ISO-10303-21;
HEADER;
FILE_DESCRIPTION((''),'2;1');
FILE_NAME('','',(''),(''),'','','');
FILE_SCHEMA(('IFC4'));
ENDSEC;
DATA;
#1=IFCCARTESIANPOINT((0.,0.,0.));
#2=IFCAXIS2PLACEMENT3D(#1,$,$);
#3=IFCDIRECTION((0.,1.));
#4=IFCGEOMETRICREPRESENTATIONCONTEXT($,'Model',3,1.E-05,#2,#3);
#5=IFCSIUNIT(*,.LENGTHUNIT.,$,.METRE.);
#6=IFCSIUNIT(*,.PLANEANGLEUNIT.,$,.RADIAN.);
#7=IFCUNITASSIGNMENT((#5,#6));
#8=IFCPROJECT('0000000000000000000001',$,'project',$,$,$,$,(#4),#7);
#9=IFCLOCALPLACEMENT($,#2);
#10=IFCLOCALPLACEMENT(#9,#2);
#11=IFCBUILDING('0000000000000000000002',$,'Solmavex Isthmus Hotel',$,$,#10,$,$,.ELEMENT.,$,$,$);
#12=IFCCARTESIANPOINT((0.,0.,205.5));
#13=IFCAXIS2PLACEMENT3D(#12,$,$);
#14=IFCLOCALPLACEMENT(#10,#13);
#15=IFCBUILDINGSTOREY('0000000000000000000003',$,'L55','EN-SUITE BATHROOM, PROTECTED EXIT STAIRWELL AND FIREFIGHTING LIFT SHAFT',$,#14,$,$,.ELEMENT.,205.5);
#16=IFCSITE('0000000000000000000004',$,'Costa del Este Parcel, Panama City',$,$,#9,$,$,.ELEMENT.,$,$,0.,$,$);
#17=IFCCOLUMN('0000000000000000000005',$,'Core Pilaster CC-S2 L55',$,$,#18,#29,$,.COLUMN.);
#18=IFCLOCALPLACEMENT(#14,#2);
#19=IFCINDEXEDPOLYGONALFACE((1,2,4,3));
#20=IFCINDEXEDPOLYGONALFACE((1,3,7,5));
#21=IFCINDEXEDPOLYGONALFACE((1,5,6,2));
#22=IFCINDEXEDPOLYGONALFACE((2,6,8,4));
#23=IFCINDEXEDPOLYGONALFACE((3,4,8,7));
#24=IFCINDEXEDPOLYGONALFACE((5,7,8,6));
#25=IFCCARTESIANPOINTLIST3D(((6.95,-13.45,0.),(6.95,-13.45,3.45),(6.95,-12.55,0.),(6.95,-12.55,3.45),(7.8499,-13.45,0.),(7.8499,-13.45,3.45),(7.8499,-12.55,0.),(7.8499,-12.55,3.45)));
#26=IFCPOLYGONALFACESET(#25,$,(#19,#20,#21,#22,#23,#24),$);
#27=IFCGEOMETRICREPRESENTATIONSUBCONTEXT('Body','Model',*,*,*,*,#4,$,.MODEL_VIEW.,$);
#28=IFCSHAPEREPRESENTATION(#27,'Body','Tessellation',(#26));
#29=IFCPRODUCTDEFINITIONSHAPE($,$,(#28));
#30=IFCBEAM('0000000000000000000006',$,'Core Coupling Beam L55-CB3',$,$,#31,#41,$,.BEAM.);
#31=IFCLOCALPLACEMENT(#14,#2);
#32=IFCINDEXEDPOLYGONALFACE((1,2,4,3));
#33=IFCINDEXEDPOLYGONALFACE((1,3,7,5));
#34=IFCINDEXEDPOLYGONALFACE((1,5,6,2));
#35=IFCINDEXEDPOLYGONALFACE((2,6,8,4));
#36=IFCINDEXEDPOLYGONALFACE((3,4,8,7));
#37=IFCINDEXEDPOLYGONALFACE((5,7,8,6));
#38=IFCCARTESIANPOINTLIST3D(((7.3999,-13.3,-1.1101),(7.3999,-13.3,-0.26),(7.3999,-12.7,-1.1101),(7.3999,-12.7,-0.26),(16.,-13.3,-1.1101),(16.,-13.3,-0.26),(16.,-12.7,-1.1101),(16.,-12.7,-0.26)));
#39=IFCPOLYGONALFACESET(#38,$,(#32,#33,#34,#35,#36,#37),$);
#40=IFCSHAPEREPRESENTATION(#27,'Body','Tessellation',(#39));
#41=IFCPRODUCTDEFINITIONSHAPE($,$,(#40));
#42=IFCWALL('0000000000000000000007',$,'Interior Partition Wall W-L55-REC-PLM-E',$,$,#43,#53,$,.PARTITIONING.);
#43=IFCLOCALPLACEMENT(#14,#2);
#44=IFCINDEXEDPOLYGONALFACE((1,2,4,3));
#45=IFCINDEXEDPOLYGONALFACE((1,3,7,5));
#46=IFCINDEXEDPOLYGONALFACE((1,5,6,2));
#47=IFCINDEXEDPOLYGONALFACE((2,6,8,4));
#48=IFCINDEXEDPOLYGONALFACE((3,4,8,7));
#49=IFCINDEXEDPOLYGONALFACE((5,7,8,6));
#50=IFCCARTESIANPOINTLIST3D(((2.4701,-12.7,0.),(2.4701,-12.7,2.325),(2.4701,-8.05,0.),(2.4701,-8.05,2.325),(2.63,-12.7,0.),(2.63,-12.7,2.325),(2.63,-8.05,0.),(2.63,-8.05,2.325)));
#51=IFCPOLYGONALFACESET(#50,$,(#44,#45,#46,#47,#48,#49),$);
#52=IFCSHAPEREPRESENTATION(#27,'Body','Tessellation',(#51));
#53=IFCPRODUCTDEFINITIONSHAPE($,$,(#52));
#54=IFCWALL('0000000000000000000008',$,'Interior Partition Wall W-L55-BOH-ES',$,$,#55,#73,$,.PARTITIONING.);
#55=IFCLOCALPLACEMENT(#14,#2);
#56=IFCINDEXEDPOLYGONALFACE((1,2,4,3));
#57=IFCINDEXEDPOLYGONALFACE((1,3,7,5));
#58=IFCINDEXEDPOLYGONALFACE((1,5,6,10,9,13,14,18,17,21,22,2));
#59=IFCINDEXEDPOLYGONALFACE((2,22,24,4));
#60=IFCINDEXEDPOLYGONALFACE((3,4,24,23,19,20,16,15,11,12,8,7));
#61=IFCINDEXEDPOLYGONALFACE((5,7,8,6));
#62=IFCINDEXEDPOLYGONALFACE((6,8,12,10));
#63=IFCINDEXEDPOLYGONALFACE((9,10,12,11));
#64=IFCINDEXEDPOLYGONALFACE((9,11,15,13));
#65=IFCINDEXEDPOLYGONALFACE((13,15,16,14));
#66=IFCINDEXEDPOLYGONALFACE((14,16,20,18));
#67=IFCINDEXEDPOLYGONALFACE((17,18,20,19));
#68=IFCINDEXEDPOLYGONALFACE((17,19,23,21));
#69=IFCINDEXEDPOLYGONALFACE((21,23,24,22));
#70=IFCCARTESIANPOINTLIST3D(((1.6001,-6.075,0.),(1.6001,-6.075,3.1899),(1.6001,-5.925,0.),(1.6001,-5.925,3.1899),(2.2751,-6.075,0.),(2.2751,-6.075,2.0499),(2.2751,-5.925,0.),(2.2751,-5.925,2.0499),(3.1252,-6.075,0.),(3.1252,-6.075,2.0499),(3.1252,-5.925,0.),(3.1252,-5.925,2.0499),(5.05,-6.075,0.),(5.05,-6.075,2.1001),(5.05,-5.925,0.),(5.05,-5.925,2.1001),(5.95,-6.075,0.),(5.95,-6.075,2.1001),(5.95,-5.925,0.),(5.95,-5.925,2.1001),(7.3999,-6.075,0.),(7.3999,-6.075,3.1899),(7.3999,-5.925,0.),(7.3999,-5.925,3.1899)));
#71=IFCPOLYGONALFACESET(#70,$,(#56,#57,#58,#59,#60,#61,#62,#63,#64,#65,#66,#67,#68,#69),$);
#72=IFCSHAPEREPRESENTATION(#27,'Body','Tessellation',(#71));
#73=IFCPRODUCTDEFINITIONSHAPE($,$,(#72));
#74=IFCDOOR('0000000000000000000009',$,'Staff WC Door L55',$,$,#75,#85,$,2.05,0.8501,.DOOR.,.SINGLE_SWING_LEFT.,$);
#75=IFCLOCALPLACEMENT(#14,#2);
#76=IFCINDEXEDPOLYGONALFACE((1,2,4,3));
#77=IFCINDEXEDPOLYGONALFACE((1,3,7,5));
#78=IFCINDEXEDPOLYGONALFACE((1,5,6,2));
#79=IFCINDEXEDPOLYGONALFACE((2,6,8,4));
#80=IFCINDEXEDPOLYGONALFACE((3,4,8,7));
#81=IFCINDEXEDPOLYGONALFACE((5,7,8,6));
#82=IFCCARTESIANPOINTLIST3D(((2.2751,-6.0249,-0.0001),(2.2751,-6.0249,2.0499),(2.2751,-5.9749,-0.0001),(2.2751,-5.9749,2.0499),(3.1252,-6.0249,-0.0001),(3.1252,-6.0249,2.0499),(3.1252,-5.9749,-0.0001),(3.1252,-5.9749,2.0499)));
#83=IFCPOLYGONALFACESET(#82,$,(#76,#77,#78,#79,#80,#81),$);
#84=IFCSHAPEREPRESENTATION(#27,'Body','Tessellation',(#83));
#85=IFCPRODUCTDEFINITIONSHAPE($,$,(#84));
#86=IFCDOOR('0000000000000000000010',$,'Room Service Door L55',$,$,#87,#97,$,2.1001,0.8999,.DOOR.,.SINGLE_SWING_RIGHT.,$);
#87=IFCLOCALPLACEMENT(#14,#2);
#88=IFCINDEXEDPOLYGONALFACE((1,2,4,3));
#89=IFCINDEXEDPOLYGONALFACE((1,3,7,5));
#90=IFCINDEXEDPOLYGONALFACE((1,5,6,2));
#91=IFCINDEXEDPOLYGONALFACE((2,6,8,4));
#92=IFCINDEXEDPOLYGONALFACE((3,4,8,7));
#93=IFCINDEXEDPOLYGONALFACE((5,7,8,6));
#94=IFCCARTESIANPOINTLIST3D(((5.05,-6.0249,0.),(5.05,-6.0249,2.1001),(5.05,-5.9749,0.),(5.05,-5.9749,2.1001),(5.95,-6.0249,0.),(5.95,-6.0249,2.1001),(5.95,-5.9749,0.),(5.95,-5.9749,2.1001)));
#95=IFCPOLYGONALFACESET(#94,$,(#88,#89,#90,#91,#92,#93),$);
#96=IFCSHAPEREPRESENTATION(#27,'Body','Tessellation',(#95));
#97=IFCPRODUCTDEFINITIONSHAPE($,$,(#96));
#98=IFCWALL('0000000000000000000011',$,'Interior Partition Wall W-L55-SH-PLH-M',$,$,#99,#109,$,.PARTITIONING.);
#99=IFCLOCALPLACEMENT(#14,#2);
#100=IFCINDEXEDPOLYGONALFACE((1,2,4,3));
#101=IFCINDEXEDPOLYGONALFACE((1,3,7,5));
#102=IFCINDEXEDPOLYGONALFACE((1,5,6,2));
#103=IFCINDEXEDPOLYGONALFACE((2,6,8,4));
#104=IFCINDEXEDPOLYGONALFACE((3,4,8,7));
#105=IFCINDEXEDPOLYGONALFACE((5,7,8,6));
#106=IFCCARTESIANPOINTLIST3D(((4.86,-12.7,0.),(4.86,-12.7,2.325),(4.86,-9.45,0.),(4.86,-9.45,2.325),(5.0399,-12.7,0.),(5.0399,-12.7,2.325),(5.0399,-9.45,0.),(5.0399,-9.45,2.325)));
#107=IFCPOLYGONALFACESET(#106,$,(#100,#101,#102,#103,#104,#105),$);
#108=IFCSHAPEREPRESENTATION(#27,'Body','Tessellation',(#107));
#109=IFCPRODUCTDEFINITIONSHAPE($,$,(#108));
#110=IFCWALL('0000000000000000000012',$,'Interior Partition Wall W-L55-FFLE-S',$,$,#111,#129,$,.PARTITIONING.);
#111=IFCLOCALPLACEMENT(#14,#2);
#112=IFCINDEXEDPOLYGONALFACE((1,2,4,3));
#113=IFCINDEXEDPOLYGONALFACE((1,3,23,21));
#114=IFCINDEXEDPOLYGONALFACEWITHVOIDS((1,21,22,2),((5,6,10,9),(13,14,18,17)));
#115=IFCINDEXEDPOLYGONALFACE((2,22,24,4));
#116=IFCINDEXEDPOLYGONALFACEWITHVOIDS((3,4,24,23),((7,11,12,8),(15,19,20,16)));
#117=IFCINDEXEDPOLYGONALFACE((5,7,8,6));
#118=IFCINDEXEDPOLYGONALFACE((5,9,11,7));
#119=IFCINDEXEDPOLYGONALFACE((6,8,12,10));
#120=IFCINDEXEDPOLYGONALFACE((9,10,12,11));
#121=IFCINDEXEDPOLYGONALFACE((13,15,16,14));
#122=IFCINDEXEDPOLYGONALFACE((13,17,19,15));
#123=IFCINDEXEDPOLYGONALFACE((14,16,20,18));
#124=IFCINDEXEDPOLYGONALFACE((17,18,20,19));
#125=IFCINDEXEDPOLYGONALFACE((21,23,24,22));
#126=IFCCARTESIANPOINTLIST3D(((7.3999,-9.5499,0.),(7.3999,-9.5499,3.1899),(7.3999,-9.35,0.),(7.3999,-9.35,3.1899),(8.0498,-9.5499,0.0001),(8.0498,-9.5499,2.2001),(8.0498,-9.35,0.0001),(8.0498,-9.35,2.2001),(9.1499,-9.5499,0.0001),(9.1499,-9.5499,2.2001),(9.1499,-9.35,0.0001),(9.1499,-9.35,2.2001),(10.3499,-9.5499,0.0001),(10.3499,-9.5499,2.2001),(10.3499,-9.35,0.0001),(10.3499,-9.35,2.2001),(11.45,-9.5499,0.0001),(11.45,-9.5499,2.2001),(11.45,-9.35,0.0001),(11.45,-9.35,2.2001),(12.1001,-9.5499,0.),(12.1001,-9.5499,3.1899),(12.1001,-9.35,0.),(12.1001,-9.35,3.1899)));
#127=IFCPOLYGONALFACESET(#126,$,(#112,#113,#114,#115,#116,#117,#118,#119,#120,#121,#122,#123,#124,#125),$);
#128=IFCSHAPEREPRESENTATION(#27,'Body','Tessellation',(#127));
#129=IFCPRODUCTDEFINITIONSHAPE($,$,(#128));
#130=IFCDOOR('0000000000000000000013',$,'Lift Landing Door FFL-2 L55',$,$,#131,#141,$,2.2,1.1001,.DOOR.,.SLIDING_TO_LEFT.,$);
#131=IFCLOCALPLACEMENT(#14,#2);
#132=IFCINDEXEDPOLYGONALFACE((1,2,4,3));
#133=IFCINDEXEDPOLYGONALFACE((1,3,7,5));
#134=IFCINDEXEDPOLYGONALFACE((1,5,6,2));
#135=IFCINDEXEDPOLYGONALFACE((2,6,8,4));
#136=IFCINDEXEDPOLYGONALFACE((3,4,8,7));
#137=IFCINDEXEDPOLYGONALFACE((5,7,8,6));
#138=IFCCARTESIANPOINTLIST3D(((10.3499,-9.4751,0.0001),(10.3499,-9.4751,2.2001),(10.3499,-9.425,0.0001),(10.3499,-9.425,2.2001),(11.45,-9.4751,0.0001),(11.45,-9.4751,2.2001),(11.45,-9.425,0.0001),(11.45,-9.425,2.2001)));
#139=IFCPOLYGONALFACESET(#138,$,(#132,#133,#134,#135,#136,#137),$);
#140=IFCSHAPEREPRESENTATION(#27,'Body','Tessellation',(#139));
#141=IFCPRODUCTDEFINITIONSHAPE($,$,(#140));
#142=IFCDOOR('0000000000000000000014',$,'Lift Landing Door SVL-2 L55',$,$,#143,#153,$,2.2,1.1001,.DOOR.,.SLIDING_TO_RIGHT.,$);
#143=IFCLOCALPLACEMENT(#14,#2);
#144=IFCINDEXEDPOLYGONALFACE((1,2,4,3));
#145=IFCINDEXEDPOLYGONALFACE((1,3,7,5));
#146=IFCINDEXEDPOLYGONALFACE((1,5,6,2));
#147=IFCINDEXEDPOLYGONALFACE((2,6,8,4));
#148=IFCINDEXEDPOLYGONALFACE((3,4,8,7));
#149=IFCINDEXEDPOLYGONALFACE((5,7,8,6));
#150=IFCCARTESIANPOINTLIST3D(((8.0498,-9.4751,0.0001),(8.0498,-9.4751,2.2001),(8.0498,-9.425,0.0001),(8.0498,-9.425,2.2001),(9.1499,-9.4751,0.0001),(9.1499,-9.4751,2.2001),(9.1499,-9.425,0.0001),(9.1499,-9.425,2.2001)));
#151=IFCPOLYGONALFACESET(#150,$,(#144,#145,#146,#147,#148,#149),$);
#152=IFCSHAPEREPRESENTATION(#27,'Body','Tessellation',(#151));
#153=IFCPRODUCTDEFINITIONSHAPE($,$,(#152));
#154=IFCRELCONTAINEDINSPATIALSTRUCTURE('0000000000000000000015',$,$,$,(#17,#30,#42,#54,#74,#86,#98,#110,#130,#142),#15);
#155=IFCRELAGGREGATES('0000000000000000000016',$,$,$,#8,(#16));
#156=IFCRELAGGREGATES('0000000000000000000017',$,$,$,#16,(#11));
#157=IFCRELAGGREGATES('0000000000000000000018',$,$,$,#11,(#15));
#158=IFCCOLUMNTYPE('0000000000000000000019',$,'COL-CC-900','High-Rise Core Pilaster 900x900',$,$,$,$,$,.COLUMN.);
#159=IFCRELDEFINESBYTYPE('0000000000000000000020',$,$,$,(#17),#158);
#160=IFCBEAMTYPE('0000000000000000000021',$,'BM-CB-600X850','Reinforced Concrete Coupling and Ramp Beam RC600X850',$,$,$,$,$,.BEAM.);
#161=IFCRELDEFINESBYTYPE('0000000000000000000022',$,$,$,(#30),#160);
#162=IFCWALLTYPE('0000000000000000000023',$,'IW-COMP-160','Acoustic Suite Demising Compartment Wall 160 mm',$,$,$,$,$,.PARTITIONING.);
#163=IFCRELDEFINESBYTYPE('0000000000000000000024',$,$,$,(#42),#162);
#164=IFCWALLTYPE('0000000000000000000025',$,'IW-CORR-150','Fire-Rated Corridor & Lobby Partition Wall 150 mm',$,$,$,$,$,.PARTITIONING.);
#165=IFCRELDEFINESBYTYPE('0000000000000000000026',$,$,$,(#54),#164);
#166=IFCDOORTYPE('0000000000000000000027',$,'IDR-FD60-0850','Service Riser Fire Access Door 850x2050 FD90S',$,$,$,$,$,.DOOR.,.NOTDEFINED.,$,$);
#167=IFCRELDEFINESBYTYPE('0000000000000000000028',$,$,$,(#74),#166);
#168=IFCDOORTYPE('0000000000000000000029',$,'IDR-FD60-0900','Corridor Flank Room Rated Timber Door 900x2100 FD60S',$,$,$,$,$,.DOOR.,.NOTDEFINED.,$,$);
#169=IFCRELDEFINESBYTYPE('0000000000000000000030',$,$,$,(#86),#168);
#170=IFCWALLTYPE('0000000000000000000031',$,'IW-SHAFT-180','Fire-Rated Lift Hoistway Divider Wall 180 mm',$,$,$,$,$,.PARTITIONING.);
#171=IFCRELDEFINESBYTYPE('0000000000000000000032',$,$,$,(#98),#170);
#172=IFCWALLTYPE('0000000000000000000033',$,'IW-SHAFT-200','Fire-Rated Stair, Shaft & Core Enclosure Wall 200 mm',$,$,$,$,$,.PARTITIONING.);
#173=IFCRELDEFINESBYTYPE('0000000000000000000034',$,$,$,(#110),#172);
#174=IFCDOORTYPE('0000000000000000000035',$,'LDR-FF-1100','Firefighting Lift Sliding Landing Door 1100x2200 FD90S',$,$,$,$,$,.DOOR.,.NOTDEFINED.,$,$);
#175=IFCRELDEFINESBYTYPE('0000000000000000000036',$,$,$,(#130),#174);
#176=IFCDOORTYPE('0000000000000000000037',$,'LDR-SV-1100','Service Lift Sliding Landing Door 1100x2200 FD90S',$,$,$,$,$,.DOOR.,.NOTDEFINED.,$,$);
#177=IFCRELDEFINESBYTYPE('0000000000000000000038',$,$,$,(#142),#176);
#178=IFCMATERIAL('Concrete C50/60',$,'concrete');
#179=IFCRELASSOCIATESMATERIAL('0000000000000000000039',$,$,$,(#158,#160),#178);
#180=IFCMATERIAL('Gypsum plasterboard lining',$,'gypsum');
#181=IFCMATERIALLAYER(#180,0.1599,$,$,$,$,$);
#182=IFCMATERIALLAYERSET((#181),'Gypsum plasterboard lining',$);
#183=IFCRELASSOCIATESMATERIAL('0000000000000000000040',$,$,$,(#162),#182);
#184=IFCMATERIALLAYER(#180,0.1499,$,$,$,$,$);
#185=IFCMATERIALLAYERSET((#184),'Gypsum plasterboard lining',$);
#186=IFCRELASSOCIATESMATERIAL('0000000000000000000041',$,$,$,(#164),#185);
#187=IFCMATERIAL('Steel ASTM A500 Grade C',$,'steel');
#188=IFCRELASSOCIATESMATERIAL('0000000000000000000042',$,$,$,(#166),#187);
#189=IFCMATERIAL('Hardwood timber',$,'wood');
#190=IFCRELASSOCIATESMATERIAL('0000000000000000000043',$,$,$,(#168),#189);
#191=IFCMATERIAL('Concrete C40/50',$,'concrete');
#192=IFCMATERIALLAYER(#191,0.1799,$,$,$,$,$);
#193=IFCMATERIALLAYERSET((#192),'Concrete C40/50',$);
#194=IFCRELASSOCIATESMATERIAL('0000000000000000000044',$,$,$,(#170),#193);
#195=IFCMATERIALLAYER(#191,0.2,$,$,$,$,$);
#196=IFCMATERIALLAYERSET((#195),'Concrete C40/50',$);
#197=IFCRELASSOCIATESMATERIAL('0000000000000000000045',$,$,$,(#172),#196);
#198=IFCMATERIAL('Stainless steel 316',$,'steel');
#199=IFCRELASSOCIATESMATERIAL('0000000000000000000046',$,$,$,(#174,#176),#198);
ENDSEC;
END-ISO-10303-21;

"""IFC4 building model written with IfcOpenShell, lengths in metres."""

from ifc_helpers import new_model, si_unit, direction, frame, frame_2d, origin, origin_2d, place, context, subcontext, project, spatial, rectangle, extrude, material, layer, layer_set, material_profile, profile_set, type_object, element, fill, save


model = new_model("IFC4")

# Units and contexts
model_context = context("Model", 3, precision=1e-05, world=origin(), true_north=direction((0.0, 1.0)))
body_context = subcontext(model_context, "Body", "Model", "MODEL_VIEW")
ifc_project = project(units=[si_unit("LENGTHUNIT", "METRE"), si_unit("PLANEANGLEUNIT", "RADIAN")], contexts=[model_context])

# Site, building, storey
site_placement = place(None, origin())
site = spatial("IfcSite", under=ifc_project, at=site_placement, Name="Costa del Este Parcel, Panama City", CompositionType="ELEMENT", RefElevation=0.0)
building_placement = place(site_placement, origin())
building = spatial("IfcBuilding", under=site, at=building_placement, Name="Solmavex Isthmus Hotel", CompositionType="ELEMENT")
storey_placement = place(building_placement, frame((0.0, 0.0, 205.5)))
storey = spatial("IfcBuildingStorey", under=building, at=storey_placement, Name="L55", Description="EN-SUITE BATHROOM, PROTECTED EXIT STAIRWELL AND FIREFIGHTING LIFT SHAFT", CompositionType="ELEMENT", Elevation=205.5)

# Column
ifc_material_1 = material(Name="Concrete C50/60", Category="concrete")
ifc_material_profile_1 = material_profile(ifc_material_1, rectangle(XDim=0.8999, YDim=0.8999, at=origin_2d()), Name="RC900X900")
ifc_profile_set_1 = profile_set([ifc_material_profile_1], Name="Concrete C50/60")
column_type = type_object("IfcColumnType", Name="COL-CC-900", Description="High-Rise Core Pilaster 900x900", PredefinedType="COLUMN", material=ifc_profile_set_1)
column_placement = place(storey_placement, frame((7.3999, -13.0, 0.0), z_axis=(0.0, 0.0, 1.0), x_axis=(1.0, 0.0, 0.0)))
element("IfcColumn", 1, at=column_placement, inside=storey, type_object=column_type, Name="Core Pilaster CC-S2 L55", PredefinedType="COLUMN", context=body_context, shape_type="SweptSolid", body=[
    extrude(rectangle(XDim=0.8999, YDim=0.8999, at=origin_2d()), origin(), (0.0, 0.0, 1.0), 3.45),
])

# Beam
ifc_material_profile_2 = material_profile(ifc_material_1, rectangle(XDim=0.6001, YDim=0.8501, at=origin_2d()), Name="RC600X850")
ifc_profile_set_2 = profile_set([ifc_material_profile_2], Name="Concrete C50/60")
beam_type = type_object("IfcBeamType", Name="BM-CB-600X850", Description="Reinforced Concrete Coupling and Ramp Beam RC600X850", PredefinedType="BEAM", material=ifc_profile_set_2)
beam_placement = place(storey_placement, frame((7.3999, -13.0, -0.6851), z_axis=(1.0, 0.0, 0.0), x_axis=(0.0, 1.0, 0.0)))
element("IfcBeam", 2, at=beam_placement, inside=storey, type_object=beam_type, Name="Core Coupling Beam L55-CB3", PredefinedType="BEAM", context=body_context, shape_type="SweptSolid", body=[
    extrude(rectangle(XDim=0.6001, YDim=0.8501, at=origin_2d()), origin(), (0.0, 0.0, 1.0), 8.6001),
])

# Wall
ifc_material_2 = material(Name="Gypsum plasterboard lining", Category="gypsum")
ifc_layer_1 = layer(ifc_material_2, 0.1599)
ifc_layer_set_1 = layer_set([ifc_layer_1], Name="Gypsum plasterboard lining")
wall_type_1 = type_object("IfcWallType", Name="IW-COMP-160", Description="Acoustic Suite Demising Compartment Wall 160 mm", PredefinedType="PARTITIONING", material=ifc_layer_set_1)
wall_1_placement = place(storey_placement, frame((2.55, -12.7, 0.0), z_axis=(0.0, 0.0, 1.0), x_axis=(0.0, 1.0, 0.0)))
element("IfcWall", 3, at=wall_1_placement, inside=storey, type_object=wall_type_1, Name="Interior Partition Wall W-L55-REC-PLM-E", PredefinedType="PARTITIONING", context=body_context, shape_type="SweptSolid", body=[
    extrude(rectangle(XDim=4.6499, YDim=0.1599, at=frame_2d((2.325, 0.0))), origin(), (0.0, 0.0, 1.0), 2.325),
])

# Wall, openings, doors
ifc_layer_2 = layer(ifc_material_2, 0.1499)
ifc_layer_set_2 = layer_set([ifc_layer_2], Name="Gypsum plasterboard lining")
wall_type_2 = type_object("IfcWallType", Name="IW-CORR-150", Description="Fire-Rated Corridor & Lobby Partition Wall 150 mm", PredefinedType="PARTITIONING", material=ifc_layer_set_2)
wall_2_placement = place(storey_placement, frame((1.6001, -6.0, 0.0), z_axis=(0.0, 0.0, 1.0), x_axis=(1.0, 0.0, 0.0)))
wall_2 = element("IfcWall", 4, at=wall_2_placement, inside=storey, type_object=wall_type_2, Name="Interior Partition Wall W-L55-BOH-ES", PredefinedType="PARTITIONING", context=body_context, shape_type="SweptSolid", body=[
    extrude(rectangle(XDim=5.7998, YDim=0.1499, at=frame_2d((2.8999, 0.0))), origin(), (0.0, 0.0, 1.0), 3.1899),
])
opening_1_placement = place(wall_2_placement, frame((0.675, 0.0, 0.0)))
opening_1 = element("IfcOpeningElement", 5, at=opening_1_placement, cuts=wall_2, PredefinedType="OPENING", context=body_context, shape_type="SweptSolid", body=[
    extrude(rectangle(XDim=0.8501, YDim=2.05, at=frame_2d((0.425, 1.0249))), frame((0.0, 0.085, 0.0), z_axis=(0.0, -1.0, 0.0), x_axis=(1.0, 0.0, 0.0)), (0.0, 0.0, 1.0), 0.1699),
])
opening_2_placement = place(wall_2_placement, frame((3.45, 0.0, 0.0)))
opening_2 = element("IfcOpeningElement", 6, at=opening_2_placement, cuts=wall_2, PredefinedType="OPENING", context=body_context, shape_type="SweptSolid", body=[
    extrude(rectangle(XDim=0.8999, YDim=2.1001, at=frame_2d((0.45, 1.05))), frame((0.0, 0.085, 0.0), z_axis=(0.0, -1.0, 0.0), x_axis=(1.0, 0.0, 0.0)), (0.0, 0.0, 1.0), 0.1699),
])
ifc_material_3 = material(Name="Steel ASTM A500 Grade C", Category="steel")
door_type_1 = type_object("IfcDoorType", Name="IDR-FD60-0850", Description="Service Riser Fire Access Door 850x2050 FD90S", OperationType="NOTDEFINED", PredefinedType="DOOR", material=ifc_material_3)
door_1_placement = place(opening_1_placement, frame((0.8501, 0.0, 0.0), z_axis=(0.0, 0.0, 1.0), x_axis=(-1.0, 0.0, 0.0)))
door_1 = element("IfcDoor", 7, at=door_1_placement, inside=storey, type_object=door_type_1, Name="Staff WC Door L55", OperationType="SINGLE_SWING_LEFT", OverallHeight=2.05, OverallWidth=0.8501, PredefinedType="DOOR", context=body_context, shape_type="SweptSolid", body=[
    extrude(rectangle(XDim=0.8501, YDim=2.05, at=frame_2d((0.425, 1.0249))), frame((0.0, 0.0249, 0.0), z_axis=(0.0, -1.0, 0.0), x_axis=(1.0, 0.0, 0.0)), (0.0, 0.0, 1.0), 0.05),
])
fill(opening_1, door_1)
ifc_material_4 = material(Name="Hardwood timber", Category="wood")
door_type_2 = type_object("IfcDoorType", Name="IDR-FD60-0900", Description="Corridor Flank Room Rated Timber Door 900x2100 FD60S", OperationType="NOTDEFINED", PredefinedType="DOOR", material=ifc_material_4)
door_2_placement = place(opening_2_placement, frame((0.8999, 0.0, 0.0), z_axis=(0.0, 0.0, 1.0), x_axis=(-1.0, 0.0, 0.0)))
door_2 = element("IfcDoor", 8, at=door_2_placement, inside=storey, type_object=door_type_2, Name="Room Service Door L55", OperationType="SINGLE_SWING_RIGHT", OverallHeight=2.1001, OverallWidth=0.8999, PredefinedType="DOOR", context=body_context, shape_type="SweptSolid", body=[
    extrude(rectangle(XDim=0.8999, YDim=2.1001, at=frame_2d((0.45, 1.05))), frame((0.0, 0.0249, 0.0), z_axis=(0.0, -1.0, 0.0), x_axis=(1.0, 0.0, 0.0)), (0.0, 0.0, 1.0), 0.05),
])
fill(opening_2, door_2)

# Wall
ifc_material_5 = material(Name="Concrete C40/50", Category="concrete")
ifc_layer_3 = layer(ifc_material_5, 0.1799)
ifc_layer_set_3 = layer_set([ifc_layer_3], Name="Concrete C40/50")
wall_type_3 = type_object("IfcWallType", Name="IW-SHAFT-180", Description="Fire-Rated Lift Hoistway Divider Wall 180 mm", PredefinedType="PARTITIONING", material=ifc_layer_set_3)
wall_3_placement = place(storey_placement, frame((4.95, -12.7, 0.0), z_axis=(0.0, 0.0, 1.0), x_axis=(0.0, 1.0, 0.0)))
element("IfcWall", 9, at=wall_3_placement, inside=storey, type_object=wall_type_3, Name="Interior Partition Wall W-L55-SH-PLH-M", PredefinedType="PARTITIONING", context=body_context, shape_type="SweptSolid", body=[
    extrude(rectangle(XDim=3.25, YDim=0.1799, at=frame_2d((1.625, 0.0))), origin(), (0.0, 0.0, 1.0), 2.325),
])

# Wall, openings, doors
ifc_layer_4 = layer(ifc_material_5, 0.2)
ifc_layer_set_4 = layer_set([ifc_layer_4], Name="Concrete C40/50")
wall_type_4 = type_object("IfcWallType", Name="IW-SHAFT-200", Description="Fire-Rated Stair, Shaft & Core Enclosure Wall 200 mm", PredefinedType="PARTITIONING", material=ifc_layer_set_4)
wall_4_placement = place(storey_placement, frame((7.3999, -9.45, 0.0), z_axis=(0.0, 0.0, 1.0), x_axis=(1.0, 0.0, 0.0)))
wall_4 = element("IfcWall", 10, at=wall_4_placement, inside=storey, type_object=wall_type_4, Name="Interior Partition Wall W-L55-FFLE-S", PredefinedType="PARTITIONING", context=body_context, shape_type="SweptSolid", body=[
    extrude(rectangle(XDim=4.7002, YDim=0.2, at=frame_2d((2.3501, 0.0))), origin(), (0.0, 0.0, 1.0), 3.1899),
])
opening_3_placement = place(wall_4_placement, frame((2.95, 0.0, 0.0)))
opening_3 = element("IfcOpeningElement", 11, at=opening_3_placement, cuts=wall_4, PredefinedType="OPENING", context=body_context, shape_type="SweptSolid", body=[
    extrude(rectangle(XDim=1.1001, YDim=2.2, at=frame_2d((0.55, 1.1001))), frame((0.0, 0.1099, 0.0), z_axis=(0.0, -1.0, 0.0), x_axis=(1.0, 0.0, 0.0)), (0.0, 0.0, 1.0), 0.22),
])
opening_4_placement = place(wall_4_placement, frame((0.6499, 0.0, 0.0)))
opening_4 = element("IfcOpeningElement", 12, at=opening_4_placement, cuts=wall_4, PredefinedType="OPENING", context=body_context, shape_type="SweptSolid", body=[
    extrude(rectangle(XDim=1.1001, YDim=2.2, at=frame_2d((0.55, 1.1001))), frame((0.0, 0.1099, 0.0), z_axis=(0.0, -1.0, 0.0), x_axis=(1.0, 0.0, 0.0)), (0.0, 0.0, 1.0), 0.22),
])
ifc_material_6 = material(Name="Stainless steel 316", Category="steel")
door_type_3 = type_object("IfcDoorType", Name="LDR-FF-1100", Description="Firefighting Lift Sliding Landing Door 1100x2200 FD90S", OperationType="NOTDEFINED", PredefinedType="DOOR", material=ifc_material_6)
door_3_placement = place(opening_3_placement, origin())
door_3 = element("IfcDoor", 13, at=door_3_placement, inside=storey, type_object=door_type_3, Name="Lift Landing Door FFL-2 L55", OperationType="SLIDING_TO_LEFT", OverallHeight=2.2, OverallWidth=1.1001, PredefinedType="DOOR", context=body_context, shape_type="SweptSolid", body=[
    extrude(rectangle(XDim=1.1001, YDim=2.2, at=frame_2d((0.55, 1.1001))), frame((0.0, 0.0249, 0.0), z_axis=(0.0, -1.0, 0.0), x_axis=(1.0, 0.0, 0.0)), (0.0, 0.0, 1.0), 0.05),
])
fill(opening_3, door_3)
door_type_4 = type_object("IfcDoorType", Name="LDR-SV-1100", Description="Service Lift Sliding Landing Door 1100x2200 FD90S", OperationType="NOTDEFINED", PredefinedType="DOOR", material=ifc_material_6)
door_4_placement = place(opening_4_placement, origin())
door_4 = element("IfcDoor", 14, at=door_4_placement, inside=storey, type_object=door_type_4, Name="Lift Landing Door SVL-2 L55", OperationType="SLIDING_TO_RIGHT", OverallHeight=2.2, OverallWidth=1.1001, PredefinedType="DOOR", context=body_context, shape_type="SweptSolid", body=[
    extrude(rectangle(XDim=1.1001, YDim=2.2, at=frame_2d((0.55, 1.1001))), frame((0.0, 0.0249, 0.0), z_axis=(0.0, -1.0, 0.0), x_axis=(1.0, 0.0, 0.0)), (0.0, 0.0, 1.0), 0.05),
])
fill(opening_4, door_4)

save(model, "model.ifc")
